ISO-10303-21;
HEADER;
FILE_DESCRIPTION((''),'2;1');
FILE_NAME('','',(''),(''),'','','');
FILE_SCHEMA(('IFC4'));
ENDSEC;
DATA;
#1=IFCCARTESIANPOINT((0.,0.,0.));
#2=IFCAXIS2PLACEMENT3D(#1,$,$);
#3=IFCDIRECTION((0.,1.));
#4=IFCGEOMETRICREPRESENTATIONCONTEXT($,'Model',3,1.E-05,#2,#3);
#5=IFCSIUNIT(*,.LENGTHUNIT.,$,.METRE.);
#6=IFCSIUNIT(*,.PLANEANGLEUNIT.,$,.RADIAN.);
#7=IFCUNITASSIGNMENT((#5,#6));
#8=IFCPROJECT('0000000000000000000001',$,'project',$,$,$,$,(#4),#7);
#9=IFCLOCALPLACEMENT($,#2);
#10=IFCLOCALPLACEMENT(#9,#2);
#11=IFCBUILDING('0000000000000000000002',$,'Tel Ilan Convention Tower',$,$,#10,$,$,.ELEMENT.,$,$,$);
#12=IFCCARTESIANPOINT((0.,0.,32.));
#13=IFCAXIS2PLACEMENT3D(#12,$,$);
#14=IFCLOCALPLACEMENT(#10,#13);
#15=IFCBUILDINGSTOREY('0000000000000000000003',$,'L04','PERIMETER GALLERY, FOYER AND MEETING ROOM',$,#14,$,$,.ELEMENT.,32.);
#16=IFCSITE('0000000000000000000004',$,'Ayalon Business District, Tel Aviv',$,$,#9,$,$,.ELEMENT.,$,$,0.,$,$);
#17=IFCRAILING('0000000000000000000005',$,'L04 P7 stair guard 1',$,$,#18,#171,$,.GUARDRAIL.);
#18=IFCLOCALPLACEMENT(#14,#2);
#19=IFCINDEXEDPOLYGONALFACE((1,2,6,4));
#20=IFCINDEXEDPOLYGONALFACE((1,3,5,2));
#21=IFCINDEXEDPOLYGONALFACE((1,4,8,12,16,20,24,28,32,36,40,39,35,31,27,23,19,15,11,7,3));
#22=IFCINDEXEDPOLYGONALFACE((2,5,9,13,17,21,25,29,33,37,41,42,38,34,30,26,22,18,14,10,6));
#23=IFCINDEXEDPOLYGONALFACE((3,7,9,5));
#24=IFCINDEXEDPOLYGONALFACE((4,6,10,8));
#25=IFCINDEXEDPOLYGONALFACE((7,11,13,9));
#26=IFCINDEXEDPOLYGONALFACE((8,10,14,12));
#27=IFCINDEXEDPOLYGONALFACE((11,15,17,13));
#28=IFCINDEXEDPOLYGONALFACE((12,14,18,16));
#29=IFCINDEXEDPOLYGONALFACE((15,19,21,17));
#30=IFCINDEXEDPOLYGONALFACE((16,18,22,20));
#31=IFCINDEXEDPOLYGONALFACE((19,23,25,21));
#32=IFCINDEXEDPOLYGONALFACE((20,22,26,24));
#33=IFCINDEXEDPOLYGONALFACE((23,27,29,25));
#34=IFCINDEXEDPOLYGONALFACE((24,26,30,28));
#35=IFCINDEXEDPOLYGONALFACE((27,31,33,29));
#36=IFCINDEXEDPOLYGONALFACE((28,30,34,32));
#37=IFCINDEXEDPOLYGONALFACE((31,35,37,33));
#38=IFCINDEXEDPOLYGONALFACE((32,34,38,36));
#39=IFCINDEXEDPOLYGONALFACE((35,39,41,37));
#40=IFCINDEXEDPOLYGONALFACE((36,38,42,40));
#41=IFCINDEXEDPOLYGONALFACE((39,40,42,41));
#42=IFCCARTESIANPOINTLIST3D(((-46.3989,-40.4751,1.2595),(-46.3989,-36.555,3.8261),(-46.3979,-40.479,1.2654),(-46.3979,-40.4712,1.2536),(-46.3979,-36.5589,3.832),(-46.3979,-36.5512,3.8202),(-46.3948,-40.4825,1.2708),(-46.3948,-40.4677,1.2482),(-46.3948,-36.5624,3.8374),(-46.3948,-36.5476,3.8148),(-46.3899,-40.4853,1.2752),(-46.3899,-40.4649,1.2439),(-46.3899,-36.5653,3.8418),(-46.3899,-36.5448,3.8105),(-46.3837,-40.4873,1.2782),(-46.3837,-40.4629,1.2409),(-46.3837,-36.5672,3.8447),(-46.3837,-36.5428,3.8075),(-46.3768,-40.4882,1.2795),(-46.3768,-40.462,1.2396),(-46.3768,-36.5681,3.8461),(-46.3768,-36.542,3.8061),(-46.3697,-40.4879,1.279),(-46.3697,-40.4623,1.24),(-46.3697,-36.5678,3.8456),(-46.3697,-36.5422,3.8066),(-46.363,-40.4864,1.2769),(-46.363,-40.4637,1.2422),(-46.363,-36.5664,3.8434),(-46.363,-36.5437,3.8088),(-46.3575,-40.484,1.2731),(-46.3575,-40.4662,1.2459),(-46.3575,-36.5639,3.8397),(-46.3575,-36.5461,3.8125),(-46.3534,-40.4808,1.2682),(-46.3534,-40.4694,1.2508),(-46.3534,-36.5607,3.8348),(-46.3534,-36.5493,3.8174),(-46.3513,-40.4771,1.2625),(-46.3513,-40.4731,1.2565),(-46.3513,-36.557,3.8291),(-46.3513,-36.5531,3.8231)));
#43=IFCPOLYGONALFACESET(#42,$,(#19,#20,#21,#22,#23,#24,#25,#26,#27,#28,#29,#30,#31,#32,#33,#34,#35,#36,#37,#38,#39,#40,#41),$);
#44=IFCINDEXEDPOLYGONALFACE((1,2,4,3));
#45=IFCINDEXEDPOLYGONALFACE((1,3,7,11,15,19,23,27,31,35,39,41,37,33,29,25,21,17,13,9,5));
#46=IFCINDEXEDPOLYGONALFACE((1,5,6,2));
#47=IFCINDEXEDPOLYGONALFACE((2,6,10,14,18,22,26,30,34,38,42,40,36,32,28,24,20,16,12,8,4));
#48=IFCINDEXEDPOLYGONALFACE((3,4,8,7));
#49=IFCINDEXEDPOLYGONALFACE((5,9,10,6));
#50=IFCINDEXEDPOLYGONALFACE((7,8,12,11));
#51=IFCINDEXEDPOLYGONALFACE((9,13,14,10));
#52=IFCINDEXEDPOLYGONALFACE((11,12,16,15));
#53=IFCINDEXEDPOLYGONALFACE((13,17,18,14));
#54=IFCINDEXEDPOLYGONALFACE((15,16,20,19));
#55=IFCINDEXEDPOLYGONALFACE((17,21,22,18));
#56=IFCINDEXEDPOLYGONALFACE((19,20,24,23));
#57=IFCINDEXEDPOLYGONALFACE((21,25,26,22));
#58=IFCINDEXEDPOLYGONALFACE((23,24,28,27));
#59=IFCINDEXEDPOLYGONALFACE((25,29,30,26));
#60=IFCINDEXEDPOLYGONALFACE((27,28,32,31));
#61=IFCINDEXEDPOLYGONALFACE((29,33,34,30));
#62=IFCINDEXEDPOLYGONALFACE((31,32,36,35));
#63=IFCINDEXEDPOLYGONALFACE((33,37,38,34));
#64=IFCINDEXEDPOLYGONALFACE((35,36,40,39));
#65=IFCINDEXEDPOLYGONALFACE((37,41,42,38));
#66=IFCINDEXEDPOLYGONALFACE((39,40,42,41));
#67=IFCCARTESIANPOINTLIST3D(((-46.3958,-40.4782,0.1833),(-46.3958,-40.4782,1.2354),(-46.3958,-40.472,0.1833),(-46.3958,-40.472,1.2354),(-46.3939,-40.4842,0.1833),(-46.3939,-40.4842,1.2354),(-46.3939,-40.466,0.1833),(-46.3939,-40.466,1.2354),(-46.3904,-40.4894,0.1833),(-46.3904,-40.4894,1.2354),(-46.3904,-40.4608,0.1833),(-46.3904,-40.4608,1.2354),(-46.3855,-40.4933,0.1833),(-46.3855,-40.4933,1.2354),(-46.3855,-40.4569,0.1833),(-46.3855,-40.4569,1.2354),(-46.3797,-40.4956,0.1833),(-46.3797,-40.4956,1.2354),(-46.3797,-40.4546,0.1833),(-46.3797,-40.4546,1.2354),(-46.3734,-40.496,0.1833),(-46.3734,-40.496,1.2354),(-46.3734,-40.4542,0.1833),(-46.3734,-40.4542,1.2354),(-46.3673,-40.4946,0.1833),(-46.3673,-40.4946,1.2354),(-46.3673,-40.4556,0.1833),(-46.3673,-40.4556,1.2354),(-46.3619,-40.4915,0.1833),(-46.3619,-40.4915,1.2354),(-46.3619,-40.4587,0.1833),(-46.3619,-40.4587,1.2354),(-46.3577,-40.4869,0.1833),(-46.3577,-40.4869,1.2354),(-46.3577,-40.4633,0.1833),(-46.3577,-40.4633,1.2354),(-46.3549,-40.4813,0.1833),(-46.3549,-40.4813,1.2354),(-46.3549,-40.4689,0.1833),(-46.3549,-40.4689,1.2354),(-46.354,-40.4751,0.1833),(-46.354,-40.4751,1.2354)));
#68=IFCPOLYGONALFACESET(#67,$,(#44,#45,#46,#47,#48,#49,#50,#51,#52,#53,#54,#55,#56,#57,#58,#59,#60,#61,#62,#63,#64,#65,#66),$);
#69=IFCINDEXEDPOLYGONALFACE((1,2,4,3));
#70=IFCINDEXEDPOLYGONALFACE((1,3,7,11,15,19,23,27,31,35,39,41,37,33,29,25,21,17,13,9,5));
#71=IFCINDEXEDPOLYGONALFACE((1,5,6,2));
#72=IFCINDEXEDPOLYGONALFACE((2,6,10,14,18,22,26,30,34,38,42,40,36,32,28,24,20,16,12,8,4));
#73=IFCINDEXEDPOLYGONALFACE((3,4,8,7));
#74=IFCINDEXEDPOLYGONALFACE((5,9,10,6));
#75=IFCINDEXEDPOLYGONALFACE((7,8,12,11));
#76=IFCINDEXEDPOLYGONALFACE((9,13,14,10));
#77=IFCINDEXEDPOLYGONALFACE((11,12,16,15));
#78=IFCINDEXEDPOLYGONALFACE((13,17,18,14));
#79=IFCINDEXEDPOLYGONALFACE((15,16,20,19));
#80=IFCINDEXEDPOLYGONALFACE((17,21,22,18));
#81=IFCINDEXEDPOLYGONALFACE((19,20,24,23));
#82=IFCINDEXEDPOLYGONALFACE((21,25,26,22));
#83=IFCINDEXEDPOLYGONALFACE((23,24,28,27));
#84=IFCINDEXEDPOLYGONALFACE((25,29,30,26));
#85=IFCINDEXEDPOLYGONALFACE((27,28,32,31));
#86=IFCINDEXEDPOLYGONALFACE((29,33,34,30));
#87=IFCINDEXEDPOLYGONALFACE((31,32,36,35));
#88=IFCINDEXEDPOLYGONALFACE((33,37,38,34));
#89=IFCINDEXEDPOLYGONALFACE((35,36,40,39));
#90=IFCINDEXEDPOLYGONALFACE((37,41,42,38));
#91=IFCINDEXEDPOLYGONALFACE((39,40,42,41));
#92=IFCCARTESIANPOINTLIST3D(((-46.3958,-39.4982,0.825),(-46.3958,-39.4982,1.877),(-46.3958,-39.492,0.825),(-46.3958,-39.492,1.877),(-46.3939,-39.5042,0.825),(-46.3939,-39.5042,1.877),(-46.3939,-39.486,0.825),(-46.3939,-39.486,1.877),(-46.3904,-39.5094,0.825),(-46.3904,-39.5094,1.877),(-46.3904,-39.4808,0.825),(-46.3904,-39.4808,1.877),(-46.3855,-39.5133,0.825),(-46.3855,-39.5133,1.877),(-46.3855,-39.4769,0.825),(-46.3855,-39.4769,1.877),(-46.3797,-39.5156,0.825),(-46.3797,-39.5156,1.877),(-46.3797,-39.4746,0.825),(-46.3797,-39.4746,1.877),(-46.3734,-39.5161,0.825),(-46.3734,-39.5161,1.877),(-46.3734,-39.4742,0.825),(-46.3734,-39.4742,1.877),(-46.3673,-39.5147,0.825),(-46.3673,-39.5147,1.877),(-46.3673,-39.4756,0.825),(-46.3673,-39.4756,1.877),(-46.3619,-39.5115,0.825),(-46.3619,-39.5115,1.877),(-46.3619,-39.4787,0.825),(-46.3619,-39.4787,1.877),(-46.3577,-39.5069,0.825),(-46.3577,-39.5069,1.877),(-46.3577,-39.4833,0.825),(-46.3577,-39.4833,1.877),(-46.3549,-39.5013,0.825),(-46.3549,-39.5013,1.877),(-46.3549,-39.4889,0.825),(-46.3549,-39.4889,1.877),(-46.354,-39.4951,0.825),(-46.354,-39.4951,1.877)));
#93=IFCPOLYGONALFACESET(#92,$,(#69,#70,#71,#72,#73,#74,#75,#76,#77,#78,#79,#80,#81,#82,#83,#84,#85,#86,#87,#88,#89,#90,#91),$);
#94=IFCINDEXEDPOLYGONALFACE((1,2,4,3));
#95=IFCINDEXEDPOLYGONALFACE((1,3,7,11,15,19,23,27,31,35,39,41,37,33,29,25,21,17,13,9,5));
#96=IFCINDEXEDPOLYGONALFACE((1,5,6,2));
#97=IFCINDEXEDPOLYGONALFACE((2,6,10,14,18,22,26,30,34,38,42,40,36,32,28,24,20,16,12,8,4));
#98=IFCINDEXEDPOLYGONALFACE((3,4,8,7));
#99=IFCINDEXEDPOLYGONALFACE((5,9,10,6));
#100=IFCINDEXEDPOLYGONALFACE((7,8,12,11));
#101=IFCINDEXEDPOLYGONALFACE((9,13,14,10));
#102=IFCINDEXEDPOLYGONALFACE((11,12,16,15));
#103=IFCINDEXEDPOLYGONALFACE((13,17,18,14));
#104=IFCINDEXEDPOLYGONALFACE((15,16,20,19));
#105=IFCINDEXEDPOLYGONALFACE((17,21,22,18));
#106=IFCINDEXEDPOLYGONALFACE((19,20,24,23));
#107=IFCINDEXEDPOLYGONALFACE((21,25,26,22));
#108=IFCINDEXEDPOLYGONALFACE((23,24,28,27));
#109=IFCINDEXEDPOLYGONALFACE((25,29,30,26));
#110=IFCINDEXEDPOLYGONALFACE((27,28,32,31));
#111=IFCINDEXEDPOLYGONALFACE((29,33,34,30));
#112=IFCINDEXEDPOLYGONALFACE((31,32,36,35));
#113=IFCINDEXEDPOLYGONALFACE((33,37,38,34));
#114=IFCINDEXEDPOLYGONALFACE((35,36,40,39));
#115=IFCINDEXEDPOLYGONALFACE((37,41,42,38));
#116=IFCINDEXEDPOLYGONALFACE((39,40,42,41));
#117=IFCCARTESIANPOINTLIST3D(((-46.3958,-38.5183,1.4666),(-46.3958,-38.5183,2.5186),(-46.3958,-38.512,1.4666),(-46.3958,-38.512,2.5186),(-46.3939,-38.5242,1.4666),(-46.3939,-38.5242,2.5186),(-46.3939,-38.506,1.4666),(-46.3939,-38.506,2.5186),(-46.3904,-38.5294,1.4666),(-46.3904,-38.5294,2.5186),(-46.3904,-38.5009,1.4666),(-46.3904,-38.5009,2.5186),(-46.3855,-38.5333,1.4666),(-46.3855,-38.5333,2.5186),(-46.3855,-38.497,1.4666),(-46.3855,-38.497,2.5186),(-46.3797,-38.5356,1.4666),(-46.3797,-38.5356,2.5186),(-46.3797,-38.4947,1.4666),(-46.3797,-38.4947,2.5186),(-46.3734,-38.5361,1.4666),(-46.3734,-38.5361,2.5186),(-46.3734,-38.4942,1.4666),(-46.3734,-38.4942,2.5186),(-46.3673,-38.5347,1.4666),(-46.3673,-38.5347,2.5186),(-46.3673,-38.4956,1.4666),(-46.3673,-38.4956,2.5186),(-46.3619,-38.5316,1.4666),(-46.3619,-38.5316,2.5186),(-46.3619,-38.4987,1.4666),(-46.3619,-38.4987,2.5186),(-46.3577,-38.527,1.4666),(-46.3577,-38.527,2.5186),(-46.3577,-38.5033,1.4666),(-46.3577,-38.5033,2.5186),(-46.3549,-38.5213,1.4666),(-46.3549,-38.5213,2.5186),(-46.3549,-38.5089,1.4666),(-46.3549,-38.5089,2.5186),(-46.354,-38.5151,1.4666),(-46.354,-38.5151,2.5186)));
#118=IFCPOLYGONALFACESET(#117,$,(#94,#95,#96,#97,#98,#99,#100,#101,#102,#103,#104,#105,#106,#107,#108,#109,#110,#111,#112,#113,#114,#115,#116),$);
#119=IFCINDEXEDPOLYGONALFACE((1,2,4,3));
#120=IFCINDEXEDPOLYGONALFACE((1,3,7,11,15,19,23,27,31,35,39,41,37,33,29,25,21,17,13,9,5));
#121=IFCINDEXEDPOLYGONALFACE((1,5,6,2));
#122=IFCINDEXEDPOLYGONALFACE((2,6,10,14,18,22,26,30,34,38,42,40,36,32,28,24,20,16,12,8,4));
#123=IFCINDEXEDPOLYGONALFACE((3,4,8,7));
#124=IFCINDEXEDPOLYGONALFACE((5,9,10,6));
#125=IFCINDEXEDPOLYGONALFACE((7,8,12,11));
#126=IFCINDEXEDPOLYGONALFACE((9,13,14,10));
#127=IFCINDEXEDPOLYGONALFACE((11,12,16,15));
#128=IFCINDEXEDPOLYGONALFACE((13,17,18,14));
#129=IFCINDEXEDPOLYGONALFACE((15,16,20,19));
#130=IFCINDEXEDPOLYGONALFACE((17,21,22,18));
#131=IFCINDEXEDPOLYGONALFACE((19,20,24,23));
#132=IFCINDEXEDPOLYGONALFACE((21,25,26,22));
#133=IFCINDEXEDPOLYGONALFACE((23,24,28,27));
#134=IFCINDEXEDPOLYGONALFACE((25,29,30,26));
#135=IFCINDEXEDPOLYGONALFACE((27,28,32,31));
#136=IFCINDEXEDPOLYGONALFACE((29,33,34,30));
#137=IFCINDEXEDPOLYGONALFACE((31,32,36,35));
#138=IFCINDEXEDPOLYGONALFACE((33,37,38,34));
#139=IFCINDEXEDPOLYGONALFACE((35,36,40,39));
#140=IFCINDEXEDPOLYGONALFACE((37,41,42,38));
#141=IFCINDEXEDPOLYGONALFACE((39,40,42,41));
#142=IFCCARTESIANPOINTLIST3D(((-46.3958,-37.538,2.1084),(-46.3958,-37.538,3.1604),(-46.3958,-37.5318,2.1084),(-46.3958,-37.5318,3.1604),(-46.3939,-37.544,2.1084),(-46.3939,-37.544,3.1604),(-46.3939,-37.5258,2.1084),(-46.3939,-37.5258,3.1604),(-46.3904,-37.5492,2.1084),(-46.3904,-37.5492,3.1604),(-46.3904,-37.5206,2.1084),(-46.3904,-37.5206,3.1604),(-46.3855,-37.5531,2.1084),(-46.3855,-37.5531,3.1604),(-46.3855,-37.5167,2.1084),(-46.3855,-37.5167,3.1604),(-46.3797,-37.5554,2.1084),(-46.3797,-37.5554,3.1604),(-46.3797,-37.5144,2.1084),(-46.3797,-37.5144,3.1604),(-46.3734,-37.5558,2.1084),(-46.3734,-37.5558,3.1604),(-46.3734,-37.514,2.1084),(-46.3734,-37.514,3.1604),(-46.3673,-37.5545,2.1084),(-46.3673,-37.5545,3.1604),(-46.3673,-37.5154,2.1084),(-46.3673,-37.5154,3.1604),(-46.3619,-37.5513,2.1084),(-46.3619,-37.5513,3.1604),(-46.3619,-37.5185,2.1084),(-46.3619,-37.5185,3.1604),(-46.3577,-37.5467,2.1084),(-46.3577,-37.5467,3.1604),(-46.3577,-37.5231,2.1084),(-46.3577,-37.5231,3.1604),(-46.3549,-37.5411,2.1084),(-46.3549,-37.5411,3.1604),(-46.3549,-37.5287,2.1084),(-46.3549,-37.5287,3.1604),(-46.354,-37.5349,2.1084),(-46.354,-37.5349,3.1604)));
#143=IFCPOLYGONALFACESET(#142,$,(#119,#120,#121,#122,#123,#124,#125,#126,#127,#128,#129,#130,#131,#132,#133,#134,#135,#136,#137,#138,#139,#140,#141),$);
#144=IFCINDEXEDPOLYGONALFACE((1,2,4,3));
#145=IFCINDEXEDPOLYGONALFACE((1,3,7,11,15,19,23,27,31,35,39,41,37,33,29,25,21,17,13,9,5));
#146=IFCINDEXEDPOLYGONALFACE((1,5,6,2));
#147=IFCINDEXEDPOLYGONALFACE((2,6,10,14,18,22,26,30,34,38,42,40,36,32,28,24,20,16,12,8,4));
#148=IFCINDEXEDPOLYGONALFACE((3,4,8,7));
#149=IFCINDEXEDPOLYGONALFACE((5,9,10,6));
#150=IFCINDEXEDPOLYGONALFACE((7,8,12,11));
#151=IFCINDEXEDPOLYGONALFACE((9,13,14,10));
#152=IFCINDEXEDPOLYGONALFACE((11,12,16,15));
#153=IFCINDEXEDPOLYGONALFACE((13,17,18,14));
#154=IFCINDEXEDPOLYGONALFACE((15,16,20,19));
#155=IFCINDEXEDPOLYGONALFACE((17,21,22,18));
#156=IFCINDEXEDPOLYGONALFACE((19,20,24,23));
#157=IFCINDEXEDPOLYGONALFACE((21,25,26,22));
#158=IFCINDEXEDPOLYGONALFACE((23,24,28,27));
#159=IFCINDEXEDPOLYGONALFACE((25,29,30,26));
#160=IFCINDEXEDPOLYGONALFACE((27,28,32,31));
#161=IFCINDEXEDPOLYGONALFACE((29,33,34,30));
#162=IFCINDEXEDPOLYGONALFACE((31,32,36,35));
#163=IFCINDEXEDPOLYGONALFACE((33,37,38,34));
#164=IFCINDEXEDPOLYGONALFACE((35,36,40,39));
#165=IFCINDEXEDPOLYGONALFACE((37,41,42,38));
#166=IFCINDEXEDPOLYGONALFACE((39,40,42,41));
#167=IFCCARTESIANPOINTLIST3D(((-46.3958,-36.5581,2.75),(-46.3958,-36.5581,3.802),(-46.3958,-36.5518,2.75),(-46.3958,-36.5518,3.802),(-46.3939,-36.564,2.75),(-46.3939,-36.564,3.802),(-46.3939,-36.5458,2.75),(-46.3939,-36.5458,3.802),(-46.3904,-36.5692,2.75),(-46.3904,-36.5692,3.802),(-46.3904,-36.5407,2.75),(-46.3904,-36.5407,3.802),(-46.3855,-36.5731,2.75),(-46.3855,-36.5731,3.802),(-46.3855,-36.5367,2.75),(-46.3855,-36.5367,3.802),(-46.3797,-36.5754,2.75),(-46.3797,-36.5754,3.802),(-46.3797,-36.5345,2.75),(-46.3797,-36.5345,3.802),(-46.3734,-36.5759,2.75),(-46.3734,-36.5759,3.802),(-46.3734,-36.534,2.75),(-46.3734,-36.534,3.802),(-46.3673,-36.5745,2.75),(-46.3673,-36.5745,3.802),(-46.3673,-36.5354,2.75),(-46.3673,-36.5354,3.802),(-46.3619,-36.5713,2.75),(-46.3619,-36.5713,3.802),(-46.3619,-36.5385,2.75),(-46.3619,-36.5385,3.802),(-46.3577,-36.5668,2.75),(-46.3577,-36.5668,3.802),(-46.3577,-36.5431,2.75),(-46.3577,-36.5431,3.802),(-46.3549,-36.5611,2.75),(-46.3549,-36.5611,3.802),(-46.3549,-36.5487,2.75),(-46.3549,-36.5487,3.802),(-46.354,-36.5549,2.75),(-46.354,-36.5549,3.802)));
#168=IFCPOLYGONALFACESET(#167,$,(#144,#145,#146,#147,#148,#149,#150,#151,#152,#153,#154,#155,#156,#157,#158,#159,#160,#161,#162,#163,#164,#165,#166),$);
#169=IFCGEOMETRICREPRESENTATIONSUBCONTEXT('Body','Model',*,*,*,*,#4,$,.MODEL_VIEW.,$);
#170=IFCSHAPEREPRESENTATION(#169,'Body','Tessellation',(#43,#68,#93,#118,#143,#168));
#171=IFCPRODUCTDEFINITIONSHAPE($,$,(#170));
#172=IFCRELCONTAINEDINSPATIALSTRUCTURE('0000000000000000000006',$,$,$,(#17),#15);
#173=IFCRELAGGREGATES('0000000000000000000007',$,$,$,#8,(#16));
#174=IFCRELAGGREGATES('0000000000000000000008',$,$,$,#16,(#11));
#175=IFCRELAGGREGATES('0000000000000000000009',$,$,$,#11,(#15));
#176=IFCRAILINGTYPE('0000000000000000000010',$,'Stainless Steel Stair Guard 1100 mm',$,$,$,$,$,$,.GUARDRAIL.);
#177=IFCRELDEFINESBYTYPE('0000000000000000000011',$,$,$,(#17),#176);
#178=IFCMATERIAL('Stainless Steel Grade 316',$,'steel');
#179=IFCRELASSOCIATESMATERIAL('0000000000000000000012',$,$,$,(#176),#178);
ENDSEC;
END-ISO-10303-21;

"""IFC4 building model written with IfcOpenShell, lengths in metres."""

from ifc_helpers import new_model, si_unit, direction, frame, origin, origin_2d, place, context, subcontext, project, spatial, circle, extrude, material, type_object, element, save


model = new_model("IFC4")

# Units and contexts
model_context = context("Model", 3, precision=1e-05, world=origin(), true_north=direction((0.0, 1.0)))
body_context = subcontext(model_context, "Body", "Model", "MODEL_VIEW")
ifc_project = project(units=[si_unit("LENGTHUNIT", "METRE"), si_unit("PLANEANGLEUNIT", "RADIAN")], contexts=[model_context])

# Site, building, storey
site_placement = place(None, origin())
site = spatial("IfcSite", under=ifc_project, at=site_placement, Name="Ayalon Business District, Tel Aviv", CompositionType="ELEMENT", RefElevation=0.0)
building_placement = place(site_placement, origin())
building = spatial("IfcBuilding", under=site, at=building_placement, Name="Tel Ilan Convention Tower", CompositionType="ELEMENT")
storey_placement = place(building_placement, frame((0.0, 0.0, 32.0)))
storey = spatial("IfcBuildingStorey", under=building, at=storey_placement, Name="L04", Description="PERIMETER GALLERY, FOYER AND MEETING ROOM", CompositionType="ELEMENT", Elevation=32.0)

# Railing
ifc_material_1 = material(Name="Stainless Steel Grade 316", Category="steel")
railing_type_1 = type_object("IfcRailingType", Name="Stainless Steel Stair Guard 1100 mm", PredefinedType="GUARDRAIL", material=ifc_material_1)
railing_1_placement = place(storey_placement, frame((-46.375, -40.4751, 0.1833)))
element("IfcRailing", 1, at=railing_1_placement, inside=storey, type_object=railing_type_1, Name="L04 P7 stair guard 1", PredefinedType="GUARDRAIL", context=body_context, shape_type="SweptSolid", body=[
    extrude(circle(Radius=0.0239, at=origin_2d()), frame((0.0, 0.0, 1.0762), z_axis=(0.0, 0.836631, 0.547767), x_axis=(-1.0, 0.0, 0.0)), (0.0, 0.0, 1.0), 4.6855),
    extrude(circle(Radius=0.021, at=origin_2d()), origin(), (0.0, 0.0, 1.0), 1.052),
    extrude(circle(Radius=0.021, at=origin_2d()), frame((0.0, 0.98, 0.6416)), (0.0, 0.0, 1.0), 1.052),
    extrude(circle(Radius=0.021, at=origin_2d()), frame((0.0, 1.96, 1.2832)), (0.0, 0.0, 1.0), 1.052),
    extrude(circle(Radius=0.021, at=origin_2d()), frame((0.0, 2.9402, 1.925)), (0.0, 0.0, 1.0), 1.052),
    extrude(circle(Radius=0.021, at=origin_2d()), frame((0.0, 3.9202, 2.5667)), (0.0, 0.0, 1.0), 1.052),
])

save(model, "model.ifc")
